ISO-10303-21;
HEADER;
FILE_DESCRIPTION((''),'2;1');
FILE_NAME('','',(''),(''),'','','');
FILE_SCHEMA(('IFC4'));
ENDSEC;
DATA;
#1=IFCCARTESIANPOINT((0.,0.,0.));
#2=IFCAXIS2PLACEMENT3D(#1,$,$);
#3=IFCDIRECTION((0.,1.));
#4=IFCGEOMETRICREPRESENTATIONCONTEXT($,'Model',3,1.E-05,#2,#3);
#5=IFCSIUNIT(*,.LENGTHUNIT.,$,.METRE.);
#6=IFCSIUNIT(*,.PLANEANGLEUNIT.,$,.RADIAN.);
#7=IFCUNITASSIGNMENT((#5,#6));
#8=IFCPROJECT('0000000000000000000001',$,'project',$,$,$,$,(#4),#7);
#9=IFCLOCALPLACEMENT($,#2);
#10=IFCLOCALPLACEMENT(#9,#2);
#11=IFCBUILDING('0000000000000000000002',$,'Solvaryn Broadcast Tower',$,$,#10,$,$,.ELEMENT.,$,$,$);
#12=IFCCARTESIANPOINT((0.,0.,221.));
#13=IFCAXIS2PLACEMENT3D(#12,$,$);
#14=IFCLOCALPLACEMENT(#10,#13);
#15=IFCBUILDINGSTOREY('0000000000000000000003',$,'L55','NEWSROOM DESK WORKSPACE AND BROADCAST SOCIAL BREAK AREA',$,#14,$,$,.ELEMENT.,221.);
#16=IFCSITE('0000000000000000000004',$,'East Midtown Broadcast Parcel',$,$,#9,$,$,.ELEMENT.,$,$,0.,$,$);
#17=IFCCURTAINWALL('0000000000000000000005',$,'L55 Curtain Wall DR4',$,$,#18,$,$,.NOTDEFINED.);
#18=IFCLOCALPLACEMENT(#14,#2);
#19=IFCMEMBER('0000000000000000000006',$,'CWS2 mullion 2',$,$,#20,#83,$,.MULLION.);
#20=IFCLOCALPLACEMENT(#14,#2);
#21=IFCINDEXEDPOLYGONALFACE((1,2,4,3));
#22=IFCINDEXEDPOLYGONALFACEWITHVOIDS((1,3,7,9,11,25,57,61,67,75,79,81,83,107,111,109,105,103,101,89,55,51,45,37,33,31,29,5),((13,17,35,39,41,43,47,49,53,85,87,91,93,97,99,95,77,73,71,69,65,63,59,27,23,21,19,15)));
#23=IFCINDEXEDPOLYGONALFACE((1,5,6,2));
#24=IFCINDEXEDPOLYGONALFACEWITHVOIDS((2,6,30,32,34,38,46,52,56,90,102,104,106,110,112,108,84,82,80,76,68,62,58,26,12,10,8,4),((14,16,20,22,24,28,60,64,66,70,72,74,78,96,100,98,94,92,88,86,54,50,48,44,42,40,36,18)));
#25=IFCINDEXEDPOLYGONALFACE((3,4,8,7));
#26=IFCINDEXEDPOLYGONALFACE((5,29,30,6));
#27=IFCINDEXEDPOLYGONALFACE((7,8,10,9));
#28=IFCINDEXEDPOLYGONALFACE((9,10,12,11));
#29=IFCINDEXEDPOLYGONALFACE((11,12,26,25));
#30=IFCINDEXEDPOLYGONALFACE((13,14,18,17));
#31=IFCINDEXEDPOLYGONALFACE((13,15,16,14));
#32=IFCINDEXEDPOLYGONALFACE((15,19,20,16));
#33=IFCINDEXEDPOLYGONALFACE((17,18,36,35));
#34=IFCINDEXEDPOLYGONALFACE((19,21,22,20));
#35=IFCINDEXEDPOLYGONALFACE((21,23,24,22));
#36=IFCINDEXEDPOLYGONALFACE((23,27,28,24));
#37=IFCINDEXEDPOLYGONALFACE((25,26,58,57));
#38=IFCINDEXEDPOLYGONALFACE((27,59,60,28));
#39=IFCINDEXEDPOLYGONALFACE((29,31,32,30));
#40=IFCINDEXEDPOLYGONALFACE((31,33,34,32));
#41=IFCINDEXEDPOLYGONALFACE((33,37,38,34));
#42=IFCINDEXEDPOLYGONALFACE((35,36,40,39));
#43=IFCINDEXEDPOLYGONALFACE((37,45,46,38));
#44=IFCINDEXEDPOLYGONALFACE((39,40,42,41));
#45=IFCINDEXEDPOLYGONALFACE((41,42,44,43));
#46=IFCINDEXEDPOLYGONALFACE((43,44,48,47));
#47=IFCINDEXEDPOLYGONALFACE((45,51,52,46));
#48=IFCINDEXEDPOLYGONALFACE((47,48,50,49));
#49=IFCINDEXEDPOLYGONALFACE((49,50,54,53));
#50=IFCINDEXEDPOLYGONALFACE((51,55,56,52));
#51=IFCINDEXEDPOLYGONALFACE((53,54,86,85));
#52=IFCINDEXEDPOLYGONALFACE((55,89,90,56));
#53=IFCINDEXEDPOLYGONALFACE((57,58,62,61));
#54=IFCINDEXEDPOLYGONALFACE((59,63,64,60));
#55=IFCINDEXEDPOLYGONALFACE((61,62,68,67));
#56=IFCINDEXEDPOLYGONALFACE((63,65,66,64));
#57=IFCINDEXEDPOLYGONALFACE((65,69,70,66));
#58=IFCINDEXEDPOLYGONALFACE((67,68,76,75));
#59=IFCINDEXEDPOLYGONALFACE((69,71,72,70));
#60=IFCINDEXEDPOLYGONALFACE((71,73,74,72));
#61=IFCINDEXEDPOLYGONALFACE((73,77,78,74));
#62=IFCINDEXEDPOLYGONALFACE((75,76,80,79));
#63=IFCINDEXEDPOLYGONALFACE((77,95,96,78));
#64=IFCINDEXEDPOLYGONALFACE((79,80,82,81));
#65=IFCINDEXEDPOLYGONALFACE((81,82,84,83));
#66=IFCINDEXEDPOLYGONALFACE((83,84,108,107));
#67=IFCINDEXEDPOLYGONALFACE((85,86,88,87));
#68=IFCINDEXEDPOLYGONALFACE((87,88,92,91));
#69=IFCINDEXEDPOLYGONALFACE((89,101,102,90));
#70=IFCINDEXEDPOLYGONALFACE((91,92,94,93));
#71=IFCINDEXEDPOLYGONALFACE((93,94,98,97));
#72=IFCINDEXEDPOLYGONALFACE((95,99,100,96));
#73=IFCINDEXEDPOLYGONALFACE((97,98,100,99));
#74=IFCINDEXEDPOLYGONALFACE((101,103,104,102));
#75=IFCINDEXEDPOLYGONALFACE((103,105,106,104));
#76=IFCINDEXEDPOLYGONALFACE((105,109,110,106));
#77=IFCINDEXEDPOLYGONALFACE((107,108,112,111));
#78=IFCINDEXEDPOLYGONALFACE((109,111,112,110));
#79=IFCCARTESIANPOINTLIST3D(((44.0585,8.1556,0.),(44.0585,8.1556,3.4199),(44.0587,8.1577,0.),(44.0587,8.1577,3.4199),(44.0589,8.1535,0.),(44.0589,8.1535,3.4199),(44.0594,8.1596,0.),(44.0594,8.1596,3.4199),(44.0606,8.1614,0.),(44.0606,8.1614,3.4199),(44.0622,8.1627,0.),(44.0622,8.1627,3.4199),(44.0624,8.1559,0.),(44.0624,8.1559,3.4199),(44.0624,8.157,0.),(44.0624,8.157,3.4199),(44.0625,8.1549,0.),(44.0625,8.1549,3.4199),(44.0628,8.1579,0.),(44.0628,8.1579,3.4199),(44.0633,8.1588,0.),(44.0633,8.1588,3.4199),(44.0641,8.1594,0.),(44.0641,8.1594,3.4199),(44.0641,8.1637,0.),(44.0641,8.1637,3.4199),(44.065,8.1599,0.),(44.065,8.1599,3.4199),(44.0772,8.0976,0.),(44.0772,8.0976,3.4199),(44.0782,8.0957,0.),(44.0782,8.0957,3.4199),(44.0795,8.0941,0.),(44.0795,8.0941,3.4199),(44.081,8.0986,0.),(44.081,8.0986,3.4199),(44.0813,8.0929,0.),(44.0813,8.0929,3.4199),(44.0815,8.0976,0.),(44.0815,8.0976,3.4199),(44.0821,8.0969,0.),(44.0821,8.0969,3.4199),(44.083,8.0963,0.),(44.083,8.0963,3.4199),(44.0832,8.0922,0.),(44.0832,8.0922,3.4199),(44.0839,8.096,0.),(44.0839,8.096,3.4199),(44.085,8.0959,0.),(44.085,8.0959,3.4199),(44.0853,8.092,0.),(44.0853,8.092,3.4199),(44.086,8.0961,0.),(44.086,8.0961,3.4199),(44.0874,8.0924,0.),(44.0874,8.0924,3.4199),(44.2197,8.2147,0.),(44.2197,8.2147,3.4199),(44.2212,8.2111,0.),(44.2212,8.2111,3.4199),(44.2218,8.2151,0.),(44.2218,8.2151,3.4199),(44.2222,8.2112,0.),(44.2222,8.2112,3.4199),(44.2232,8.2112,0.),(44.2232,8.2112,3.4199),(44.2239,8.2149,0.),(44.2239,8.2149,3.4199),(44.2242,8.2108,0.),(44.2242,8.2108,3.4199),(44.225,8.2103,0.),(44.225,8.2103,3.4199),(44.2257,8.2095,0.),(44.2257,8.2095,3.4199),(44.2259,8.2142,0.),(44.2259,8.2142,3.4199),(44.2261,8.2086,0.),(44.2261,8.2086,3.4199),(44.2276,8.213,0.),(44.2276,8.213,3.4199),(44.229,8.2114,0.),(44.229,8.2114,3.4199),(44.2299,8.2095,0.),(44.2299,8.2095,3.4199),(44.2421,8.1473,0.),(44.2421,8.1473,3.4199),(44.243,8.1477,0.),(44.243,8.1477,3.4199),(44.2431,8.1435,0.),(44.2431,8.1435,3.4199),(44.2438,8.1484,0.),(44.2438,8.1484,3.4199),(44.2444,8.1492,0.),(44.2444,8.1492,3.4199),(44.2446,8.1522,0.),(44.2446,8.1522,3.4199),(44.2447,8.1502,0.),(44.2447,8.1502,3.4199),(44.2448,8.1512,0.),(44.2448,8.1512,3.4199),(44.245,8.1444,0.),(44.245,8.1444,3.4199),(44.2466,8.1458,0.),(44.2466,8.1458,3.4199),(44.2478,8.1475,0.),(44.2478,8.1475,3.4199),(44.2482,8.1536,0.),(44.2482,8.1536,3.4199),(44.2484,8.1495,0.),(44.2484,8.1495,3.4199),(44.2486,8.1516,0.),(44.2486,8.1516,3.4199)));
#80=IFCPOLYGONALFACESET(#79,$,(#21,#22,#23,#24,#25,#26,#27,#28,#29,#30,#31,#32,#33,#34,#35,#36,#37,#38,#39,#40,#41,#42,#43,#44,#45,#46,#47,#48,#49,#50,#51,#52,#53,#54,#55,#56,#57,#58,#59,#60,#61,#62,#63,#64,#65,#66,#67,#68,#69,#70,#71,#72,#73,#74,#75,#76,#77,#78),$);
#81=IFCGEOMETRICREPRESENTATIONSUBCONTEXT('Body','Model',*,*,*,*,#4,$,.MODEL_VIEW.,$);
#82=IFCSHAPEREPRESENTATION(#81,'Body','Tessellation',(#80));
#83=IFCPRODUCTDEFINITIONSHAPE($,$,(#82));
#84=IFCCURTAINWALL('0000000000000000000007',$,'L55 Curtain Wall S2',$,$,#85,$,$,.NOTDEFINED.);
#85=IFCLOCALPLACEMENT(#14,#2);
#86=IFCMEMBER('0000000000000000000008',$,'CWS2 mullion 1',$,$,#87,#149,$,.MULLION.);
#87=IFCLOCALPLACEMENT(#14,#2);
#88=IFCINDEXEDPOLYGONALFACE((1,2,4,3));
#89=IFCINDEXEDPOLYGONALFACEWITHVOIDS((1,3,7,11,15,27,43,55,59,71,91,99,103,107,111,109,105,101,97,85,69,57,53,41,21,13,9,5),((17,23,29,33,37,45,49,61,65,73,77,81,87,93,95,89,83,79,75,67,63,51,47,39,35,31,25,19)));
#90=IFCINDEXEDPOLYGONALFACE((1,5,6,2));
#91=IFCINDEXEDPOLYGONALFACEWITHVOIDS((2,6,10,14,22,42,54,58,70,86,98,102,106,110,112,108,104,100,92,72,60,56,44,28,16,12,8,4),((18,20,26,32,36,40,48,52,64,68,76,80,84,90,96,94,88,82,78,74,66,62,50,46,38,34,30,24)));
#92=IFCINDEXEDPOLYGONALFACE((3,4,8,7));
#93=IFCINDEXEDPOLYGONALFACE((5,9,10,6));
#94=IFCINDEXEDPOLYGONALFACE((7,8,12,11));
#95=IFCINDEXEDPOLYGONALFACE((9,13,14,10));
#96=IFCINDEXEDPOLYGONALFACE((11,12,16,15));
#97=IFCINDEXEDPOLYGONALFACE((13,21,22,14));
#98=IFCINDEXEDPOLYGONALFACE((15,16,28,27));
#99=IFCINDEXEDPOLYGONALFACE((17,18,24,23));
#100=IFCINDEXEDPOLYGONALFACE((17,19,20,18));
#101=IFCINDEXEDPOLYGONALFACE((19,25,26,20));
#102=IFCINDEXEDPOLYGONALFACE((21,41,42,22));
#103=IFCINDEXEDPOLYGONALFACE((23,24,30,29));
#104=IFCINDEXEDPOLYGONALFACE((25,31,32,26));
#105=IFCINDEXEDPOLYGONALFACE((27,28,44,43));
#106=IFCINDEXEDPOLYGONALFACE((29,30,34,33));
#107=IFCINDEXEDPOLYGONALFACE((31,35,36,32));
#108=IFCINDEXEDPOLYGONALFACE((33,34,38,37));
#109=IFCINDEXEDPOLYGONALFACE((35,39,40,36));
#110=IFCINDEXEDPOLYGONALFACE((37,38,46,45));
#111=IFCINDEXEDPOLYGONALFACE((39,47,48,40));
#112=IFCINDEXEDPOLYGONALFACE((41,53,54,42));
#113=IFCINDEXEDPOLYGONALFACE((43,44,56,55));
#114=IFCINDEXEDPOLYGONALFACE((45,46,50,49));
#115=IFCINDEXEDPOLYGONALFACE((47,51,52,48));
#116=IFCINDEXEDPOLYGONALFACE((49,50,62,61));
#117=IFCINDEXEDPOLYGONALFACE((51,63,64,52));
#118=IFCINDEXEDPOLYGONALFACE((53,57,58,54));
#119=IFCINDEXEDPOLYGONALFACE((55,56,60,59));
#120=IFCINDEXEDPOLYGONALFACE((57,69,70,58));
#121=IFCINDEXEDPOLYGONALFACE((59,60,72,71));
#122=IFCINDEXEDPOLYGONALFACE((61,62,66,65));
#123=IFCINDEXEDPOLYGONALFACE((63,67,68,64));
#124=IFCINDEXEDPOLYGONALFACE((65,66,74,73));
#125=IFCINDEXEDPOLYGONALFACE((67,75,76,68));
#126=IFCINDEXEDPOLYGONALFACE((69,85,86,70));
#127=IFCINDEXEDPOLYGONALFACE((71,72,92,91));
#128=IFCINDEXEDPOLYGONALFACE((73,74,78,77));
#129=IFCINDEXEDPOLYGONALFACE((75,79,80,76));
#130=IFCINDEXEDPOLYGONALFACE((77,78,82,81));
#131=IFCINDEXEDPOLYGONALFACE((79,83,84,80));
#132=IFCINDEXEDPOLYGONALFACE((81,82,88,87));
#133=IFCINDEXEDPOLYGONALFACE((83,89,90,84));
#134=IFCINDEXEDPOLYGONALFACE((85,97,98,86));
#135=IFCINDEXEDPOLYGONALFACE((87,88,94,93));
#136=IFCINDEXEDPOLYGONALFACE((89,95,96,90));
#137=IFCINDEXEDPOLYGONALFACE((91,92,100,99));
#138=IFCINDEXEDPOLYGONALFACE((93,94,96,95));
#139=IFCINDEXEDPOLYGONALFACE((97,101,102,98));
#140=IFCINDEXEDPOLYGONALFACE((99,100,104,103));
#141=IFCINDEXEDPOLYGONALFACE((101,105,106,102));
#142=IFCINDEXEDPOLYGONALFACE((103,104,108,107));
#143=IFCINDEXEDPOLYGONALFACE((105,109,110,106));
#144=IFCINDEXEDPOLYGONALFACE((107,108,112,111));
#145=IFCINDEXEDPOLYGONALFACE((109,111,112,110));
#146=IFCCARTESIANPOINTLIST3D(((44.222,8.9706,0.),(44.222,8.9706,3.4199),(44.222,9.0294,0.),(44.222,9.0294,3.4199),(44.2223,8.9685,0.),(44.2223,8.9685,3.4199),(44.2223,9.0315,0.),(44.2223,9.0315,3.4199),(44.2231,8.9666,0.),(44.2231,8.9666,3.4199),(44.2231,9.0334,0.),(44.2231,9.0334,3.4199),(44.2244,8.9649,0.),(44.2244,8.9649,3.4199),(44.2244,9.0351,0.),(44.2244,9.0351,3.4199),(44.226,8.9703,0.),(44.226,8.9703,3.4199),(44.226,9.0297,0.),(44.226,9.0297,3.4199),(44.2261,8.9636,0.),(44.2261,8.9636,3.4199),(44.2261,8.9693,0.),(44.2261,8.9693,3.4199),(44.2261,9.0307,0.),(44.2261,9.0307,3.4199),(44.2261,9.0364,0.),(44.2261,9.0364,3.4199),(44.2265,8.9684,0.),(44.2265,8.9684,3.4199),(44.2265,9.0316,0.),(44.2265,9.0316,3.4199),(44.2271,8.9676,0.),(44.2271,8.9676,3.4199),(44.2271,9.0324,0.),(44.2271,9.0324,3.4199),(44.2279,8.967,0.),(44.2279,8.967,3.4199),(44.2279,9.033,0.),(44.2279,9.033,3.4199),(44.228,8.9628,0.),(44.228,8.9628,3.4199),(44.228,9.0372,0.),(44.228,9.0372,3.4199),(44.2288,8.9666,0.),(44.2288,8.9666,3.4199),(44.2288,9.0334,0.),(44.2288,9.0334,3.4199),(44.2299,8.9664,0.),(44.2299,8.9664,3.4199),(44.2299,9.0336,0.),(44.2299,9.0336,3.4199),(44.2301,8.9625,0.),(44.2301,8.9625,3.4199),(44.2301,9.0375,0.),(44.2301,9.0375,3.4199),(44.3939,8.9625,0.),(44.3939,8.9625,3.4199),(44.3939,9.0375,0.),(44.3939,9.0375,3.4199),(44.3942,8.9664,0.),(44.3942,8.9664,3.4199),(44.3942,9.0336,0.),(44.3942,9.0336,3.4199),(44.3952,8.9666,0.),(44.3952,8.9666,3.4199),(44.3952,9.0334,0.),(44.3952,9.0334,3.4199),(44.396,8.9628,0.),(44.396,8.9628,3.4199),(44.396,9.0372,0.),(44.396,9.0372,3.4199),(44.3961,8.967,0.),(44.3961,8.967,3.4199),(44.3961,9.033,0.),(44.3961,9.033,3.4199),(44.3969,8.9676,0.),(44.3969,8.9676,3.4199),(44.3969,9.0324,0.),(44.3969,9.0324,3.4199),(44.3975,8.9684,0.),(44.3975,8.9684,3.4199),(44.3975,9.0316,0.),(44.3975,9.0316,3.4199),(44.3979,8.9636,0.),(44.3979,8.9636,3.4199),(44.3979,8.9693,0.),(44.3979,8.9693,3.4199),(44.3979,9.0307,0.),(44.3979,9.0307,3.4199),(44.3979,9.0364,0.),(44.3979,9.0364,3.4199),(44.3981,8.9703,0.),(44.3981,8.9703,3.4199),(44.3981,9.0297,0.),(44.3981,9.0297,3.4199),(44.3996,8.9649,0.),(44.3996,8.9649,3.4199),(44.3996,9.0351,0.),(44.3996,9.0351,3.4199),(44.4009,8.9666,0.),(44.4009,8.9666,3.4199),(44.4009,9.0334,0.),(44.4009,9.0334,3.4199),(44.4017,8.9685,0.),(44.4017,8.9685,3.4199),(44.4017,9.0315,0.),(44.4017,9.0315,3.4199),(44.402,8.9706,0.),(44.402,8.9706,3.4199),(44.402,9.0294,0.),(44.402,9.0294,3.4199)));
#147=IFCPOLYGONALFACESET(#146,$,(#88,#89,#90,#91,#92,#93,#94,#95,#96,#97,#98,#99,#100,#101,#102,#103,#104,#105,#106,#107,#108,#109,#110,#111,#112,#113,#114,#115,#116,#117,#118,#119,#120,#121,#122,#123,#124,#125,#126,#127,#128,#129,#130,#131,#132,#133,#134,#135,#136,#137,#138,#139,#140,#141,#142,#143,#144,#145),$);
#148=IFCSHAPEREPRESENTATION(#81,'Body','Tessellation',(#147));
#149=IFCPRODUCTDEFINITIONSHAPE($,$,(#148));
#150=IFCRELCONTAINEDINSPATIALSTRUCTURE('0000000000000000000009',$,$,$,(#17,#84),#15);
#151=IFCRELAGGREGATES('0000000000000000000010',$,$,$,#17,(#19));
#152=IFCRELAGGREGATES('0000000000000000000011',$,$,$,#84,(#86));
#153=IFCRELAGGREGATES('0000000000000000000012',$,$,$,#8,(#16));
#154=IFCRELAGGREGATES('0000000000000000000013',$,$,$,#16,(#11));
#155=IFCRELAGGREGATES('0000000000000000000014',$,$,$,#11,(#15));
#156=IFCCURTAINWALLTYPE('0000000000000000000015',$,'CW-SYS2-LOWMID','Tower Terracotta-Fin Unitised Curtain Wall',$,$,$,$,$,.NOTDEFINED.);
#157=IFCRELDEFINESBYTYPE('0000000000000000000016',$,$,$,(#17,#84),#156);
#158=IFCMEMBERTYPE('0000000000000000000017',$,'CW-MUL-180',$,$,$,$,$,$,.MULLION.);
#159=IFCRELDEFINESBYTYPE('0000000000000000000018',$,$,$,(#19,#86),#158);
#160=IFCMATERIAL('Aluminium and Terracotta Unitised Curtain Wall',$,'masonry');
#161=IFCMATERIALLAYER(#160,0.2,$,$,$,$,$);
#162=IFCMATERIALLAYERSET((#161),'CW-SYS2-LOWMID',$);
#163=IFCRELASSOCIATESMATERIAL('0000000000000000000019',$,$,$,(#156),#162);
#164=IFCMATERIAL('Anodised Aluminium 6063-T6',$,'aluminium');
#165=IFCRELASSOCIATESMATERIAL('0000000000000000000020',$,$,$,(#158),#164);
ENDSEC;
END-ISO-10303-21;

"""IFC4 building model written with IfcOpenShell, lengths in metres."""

from ifc_helpers import new_model, si_unit, direction, frame, origin, origin_2d, place, context, subcontext, project, spatial, hollow_rectangle, extrude, material, layer, layer_set, material_profile, profile_set, type_object, element, aggregate, save


model = new_model("IFC4")

# Units and contexts
model_context = context("Model", 3, precision=1e-05, world=origin(), true_north=direction((0.0, 1.0)))
body_context = subcontext(model_context, "Body", "Model", "MODEL_VIEW")
ifc_project = project(units=[si_unit("LENGTHUNIT", "METRE"), si_unit("PLANEANGLEUNIT", "RADIAN")], contexts=[model_context])

# Site, building, storey
site_placement = place(None, origin())
site = spatial("IfcSite", under=ifc_project, at=site_placement, Name="East Midtown Broadcast Parcel", CompositionType="ELEMENT", RefElevation=0.0)
building_placement = place(site_placement, origin())
building = spatial("IfcBuilding", under=site, at=building_placement, Name="Solvaryn Broadcast Tower", CompositionType="ELEMENT")
storey_placement = place(building_placement, frame((0.0, 0.0, 221.0)))
storey = spatial("IfcBuildingStorey", under=building, at=storey_placement, Name="L55", Description="NEWSROOM DESK WORKSPACE AND BROADCAST SOCIAL BREAK AREA", CompositionType="ELEMENT", Elevation=221.0)

# Curtain wall, member
ifc_material_1 = material(Name="Aluminium and Terracotta Unitised Curtain Wall", Category="masonry")
ifc_layer_1 = layer(ifc_material_1, 0.2)
ifc_layer_set_1 = layer_set([ifc_layer_1], Name="CW-SYS2-LOWMID")
curtain_wall_type = type_object("IfcCurtainWallType", Name="CW-SYS2-LOWMID", Description="Tower Terracotta-Fin Unitised Curtain Wall", PredefinedType="NOTDEFINED", material=ifc_layer_set_1)
curtain_wall_1_placement = place(storey_placement, origin())
curtain_wall_1 = element("IfcCurtainWall", 1, at=curtain_wall_1_placement, inside=storey, type_object=curtain_wall_type, Name="L55 Curtain Wall DR4", PredefinedType="NOTDEFINED")
ifc_material_2 = material(Name="Anodised Aluminium 6063-T6", Category="aluminium")
ifc_material_profile_1 = material_profile(ifc_material_2, hollow_rectangle(XDim=0.075, YDim=0.1799, WallThickness=0.0039, InnerFilletRadius=0.0039, OuterFilletRadius=0.0081, at=origin_2d()))
ifc_profile_set_1 = profile_set([ifc_material_profile_1], Name="Anodised Aluminium 6063-T6")
member_type_1 = type_object("IfcMemberType", Name="CW-MUL-180", PredefinedType="MULLION", material=ifc_profile_set_1)
member_1_placement = place(storey_placement, frame((44.1536, 8.1536, 0.0), z_axis=(0.0, 0.0, 1.0), x_axis=(-0.311559, 0.950227, 0.0)))
member_1 = element("IfcMember", 2, at=member_1_placement, type_object=member_type_1, Name="CWS2 mullion 2", PredefinedType="MULLION", context=body_context, shape_type="SweptSolid", body=[
    extrude(hollow_rectangle(XDim=0.075, YDim=0.1799, WallThickness=0.0039, InnerFilletRadius=0.0039, OuterFilletRadius=0.0081, at=origin_2d()), origin(), (0.0, 0.0, 1.0), 3.4199),
])
aggregate(curtain_wall_1, [member_1])

# Curtain wall, member
curtain_wall_2_placement = place(storey_placement, origin())
curtain_wall_2 = element("IfcCurtainWall", 3, at=curtain_wall_2_placement, inside=storey, type_object=curtain_wall_type, Name="L55 Curtain Wall S2", PredefinedType="NOTDEFINED")
member_2_placement = place(storey_placement, frame((44.312, 9.0, 0.0), z_axis=(0.0, 0.0, 1.0), x_axis=(0.0, 1.0, 0.0)))
member_2 = element("IfcMember", 4, at=member_2_placement, type_object=member_type_1, Name="CWS2 mullion 1", PredefinedType="MULLION", context=body_context, shape_type="SweptSolid", body=[
    extrude(hollow_rectangle(XDim=0.075, YDim=0.1799, WallThickness=0.0039, InnerFilletRadius=0.0039, OuterFilletRadius=0.0081, at=origin_2d()), origin(), (0.0, 0.0, 1.0), 3.4199),
])
aggregate(curtain_wall_2, [member_2])

save(model, "model.ifc")
